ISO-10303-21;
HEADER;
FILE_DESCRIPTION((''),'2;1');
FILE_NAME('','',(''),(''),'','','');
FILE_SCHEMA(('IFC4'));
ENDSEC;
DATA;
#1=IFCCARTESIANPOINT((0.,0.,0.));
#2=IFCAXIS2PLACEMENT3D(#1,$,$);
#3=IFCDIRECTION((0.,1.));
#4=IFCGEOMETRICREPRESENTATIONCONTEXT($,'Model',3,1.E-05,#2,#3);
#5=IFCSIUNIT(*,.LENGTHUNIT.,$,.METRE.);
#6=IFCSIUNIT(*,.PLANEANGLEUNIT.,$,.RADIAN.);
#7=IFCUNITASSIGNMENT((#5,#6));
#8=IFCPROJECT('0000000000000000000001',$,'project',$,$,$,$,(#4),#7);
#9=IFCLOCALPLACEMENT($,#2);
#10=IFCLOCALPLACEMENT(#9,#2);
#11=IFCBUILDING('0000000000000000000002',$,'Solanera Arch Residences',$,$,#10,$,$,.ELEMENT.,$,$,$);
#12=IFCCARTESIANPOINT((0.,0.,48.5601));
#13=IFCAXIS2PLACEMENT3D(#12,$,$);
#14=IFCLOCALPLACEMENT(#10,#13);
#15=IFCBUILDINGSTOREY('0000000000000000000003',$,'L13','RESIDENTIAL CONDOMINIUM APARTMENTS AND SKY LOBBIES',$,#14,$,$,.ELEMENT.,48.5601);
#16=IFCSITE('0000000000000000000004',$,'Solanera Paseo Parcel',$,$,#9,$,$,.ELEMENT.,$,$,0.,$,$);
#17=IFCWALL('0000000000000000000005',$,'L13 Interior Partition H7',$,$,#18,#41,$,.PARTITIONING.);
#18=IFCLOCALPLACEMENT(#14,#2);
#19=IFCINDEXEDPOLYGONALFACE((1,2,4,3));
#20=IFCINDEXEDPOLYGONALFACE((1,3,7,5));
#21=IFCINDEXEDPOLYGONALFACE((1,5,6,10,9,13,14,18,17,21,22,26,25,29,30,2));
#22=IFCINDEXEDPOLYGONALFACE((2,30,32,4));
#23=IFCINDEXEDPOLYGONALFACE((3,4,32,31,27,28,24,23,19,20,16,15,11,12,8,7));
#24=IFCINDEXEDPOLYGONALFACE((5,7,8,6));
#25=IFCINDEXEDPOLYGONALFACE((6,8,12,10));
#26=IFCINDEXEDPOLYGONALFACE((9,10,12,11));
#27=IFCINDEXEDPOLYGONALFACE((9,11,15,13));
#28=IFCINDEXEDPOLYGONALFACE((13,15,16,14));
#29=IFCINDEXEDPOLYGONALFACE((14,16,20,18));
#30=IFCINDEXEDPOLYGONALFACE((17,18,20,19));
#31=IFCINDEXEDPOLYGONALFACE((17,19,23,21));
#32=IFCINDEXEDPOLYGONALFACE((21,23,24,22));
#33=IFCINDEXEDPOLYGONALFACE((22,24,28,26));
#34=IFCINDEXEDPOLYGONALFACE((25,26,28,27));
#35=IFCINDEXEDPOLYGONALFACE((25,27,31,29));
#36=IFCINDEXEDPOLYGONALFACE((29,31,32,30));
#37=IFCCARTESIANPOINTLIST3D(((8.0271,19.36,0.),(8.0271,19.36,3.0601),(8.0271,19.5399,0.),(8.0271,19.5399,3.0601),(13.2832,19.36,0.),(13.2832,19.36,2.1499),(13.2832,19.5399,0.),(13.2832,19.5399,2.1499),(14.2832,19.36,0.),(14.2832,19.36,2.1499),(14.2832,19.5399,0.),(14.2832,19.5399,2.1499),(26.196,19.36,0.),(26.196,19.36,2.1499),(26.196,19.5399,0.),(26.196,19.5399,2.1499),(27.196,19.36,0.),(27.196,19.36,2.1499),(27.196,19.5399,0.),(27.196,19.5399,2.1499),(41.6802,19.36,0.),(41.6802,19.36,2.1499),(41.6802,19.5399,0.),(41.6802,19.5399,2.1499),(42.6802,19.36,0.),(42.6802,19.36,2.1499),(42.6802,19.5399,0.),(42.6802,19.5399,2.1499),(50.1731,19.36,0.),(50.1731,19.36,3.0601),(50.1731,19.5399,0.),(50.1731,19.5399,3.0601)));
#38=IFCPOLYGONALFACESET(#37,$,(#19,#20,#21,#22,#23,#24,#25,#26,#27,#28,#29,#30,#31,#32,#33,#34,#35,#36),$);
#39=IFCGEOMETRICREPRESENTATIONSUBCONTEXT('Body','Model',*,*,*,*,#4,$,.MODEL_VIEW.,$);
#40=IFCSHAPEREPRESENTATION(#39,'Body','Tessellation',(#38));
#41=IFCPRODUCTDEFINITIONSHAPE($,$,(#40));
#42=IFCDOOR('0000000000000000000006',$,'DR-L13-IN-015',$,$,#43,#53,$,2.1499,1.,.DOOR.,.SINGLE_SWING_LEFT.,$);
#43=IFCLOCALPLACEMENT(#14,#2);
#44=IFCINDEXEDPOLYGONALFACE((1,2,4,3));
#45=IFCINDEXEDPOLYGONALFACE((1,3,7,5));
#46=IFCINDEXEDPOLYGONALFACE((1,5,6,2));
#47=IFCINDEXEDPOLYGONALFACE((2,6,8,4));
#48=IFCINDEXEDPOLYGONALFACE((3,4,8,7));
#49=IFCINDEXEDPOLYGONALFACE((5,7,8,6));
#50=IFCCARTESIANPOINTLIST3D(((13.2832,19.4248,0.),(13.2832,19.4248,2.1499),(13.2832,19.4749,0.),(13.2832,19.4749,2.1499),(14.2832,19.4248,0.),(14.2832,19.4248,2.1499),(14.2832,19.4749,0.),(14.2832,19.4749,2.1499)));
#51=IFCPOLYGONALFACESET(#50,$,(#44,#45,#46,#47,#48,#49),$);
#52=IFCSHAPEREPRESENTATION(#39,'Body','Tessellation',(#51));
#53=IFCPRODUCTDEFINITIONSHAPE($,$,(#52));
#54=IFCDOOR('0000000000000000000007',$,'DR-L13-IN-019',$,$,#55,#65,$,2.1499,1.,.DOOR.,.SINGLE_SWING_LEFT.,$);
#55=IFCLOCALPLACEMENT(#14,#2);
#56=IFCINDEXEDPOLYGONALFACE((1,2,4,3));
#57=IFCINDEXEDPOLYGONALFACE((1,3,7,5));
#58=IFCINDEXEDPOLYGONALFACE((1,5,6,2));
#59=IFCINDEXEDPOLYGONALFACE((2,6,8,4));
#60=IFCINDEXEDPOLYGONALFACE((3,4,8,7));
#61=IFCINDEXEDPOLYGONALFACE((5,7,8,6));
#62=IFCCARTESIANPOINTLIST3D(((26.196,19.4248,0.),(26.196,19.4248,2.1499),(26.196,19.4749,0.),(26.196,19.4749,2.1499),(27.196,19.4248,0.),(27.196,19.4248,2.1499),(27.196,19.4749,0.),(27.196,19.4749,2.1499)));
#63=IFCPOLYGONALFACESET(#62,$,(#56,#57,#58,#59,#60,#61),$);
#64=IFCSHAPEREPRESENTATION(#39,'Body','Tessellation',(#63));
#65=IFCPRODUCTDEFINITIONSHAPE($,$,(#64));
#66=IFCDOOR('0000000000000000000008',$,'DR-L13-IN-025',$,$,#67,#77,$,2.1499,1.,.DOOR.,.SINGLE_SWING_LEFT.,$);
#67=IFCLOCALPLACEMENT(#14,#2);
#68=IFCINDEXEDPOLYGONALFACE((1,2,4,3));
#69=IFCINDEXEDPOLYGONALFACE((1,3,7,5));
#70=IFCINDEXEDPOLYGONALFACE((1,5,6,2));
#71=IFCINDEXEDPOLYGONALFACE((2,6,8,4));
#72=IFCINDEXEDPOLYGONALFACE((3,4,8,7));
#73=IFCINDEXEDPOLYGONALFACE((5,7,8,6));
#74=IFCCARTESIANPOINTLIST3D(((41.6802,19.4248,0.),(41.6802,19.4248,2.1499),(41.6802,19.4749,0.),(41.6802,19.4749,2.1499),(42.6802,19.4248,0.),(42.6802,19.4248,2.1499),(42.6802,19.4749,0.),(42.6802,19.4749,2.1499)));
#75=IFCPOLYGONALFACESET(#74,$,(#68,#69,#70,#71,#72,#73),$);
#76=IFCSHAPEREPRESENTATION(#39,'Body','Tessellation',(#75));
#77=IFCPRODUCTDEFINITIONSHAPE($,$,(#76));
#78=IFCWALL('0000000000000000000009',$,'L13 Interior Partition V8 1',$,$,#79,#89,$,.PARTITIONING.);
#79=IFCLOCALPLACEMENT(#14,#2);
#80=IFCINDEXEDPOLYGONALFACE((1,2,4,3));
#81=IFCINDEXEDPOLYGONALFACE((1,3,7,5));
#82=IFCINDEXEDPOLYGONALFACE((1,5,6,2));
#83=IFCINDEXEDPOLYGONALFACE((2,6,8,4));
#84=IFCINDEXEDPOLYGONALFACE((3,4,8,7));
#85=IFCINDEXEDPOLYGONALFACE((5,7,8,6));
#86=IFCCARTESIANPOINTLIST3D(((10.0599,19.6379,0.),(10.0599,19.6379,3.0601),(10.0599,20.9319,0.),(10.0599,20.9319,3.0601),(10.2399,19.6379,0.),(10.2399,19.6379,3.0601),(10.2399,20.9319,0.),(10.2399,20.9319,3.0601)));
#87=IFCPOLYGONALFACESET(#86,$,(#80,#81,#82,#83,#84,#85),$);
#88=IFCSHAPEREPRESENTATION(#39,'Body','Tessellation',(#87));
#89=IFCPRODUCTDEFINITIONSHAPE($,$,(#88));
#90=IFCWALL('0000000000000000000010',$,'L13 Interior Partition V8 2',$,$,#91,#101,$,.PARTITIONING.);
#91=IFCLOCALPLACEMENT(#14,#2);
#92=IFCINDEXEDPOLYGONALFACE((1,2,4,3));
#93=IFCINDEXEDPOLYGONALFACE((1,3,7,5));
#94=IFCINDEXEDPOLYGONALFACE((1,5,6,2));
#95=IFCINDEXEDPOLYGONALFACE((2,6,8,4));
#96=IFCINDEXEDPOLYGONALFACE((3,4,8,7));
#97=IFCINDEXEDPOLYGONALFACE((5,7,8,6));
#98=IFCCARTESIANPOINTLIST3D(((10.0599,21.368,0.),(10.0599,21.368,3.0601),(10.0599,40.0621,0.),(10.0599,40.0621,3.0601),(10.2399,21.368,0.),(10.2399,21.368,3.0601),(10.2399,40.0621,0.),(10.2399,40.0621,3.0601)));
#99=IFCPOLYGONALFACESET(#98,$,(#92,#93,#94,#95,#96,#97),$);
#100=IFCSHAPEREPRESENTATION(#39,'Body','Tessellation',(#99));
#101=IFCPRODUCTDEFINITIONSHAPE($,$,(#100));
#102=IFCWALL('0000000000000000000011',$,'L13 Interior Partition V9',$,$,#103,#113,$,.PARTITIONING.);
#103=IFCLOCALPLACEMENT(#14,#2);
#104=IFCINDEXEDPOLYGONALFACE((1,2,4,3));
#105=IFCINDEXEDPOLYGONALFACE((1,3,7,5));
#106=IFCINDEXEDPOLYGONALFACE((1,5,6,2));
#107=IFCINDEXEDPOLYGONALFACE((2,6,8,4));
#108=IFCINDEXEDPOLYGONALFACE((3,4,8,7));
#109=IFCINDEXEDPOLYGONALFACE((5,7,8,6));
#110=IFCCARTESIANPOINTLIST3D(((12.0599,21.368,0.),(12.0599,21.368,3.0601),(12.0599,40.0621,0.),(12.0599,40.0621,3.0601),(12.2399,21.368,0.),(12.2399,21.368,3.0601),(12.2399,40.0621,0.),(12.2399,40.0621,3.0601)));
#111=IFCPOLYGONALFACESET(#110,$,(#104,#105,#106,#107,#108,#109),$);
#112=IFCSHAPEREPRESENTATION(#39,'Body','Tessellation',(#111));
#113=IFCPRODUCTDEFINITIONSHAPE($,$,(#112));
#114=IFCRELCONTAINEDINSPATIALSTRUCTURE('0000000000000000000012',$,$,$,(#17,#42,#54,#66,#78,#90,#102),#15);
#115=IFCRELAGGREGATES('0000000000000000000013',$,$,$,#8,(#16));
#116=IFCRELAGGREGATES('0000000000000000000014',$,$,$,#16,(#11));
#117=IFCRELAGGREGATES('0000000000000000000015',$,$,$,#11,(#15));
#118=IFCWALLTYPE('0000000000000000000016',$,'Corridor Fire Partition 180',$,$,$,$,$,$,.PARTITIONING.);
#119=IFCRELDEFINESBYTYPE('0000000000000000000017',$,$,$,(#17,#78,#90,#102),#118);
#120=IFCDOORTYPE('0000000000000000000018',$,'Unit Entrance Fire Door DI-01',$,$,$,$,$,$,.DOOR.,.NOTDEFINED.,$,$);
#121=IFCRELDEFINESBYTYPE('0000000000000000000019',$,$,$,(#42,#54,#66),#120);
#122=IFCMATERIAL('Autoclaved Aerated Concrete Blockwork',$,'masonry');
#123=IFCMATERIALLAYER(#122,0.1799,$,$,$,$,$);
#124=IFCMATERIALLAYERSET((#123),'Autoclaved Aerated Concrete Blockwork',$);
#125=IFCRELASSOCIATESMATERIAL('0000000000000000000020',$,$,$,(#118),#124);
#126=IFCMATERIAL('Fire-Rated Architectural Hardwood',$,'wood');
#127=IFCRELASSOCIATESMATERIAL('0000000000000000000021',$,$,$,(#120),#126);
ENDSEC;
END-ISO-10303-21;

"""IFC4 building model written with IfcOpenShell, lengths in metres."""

from ifc_helpers import new_model, si_unit, direction, frame, frame_2d, origin, place, context, subcontext, project, spatial, rectangle, extrude, material, layer, layer_set, type_object, element, fill, save


model = new_model("IFC4")

# Units and contexts
model_context = context("Model", 3, precision=1e-05, world=origin(), true_north=direction((0.0, 1.0)))
body_context = subcontext(model_context, "Body", "Model", "MODEL_VIEW")
ifc_project = project(units=[si_unit("LENGTHUNIT", "METRE"), si_unit("PLANEANGLEUNIT", "RADIAN")], contexts=[model_context])

# Site, building, storey
site_placement = place(None, origin())
site = spatial("IfcSite", under=ifc_project, at=site_placement, Name="Solanera Paseo Parcel", CompositionType="ELEMENT", RefElevation=0.0)
building_placement = place(site_placement, origin())
building = spatial("IfcBuilding", under=site, at=building_placement, Name="Solanera Arch Residences", CompositionType="ELEMENT")
storey_placement = place(building_placement, frame((0.0, 0.0, 48.5601)))
storey = spatial("IfcBuildingStorey", under=building, at=storey_placement, Name="L13", Description="RESIDENTIAL CONDOMINIUM APARTMENTS AND SKY LOBBIES", CompositionType="ELEMENT", Elevation=48.5601)

# Wall, openings, doors
ifc_material_1 = material(Name="Autoclaved Aerated Concrete Blockwork", Category="masonry")
ifc_layer_1 = layer(ifc_material_1, 0.1799)
ifc_layer_set_1 = layer_set([ifc_layer_1], Name="Autoclaved Aerated Concrete Blockwork")
wall_type_1 = type_object("IfcWallType", Name="Corridor Fire Partition 180", PredefinedType="PARTITIONING", material=ifc_layer_set_1)
wall_1_placement = place(storey_placement, frame((8.0271, 19.45, 0.0), z_axis=(0.0, 0.0, 1.0), x_axis=(1.0, 0.0, 0.0)))
wall_1 = element("IfcWall", 1, at=wall_1_placement, inside=storey, type_object=wall_type_1, Name="L13 Interior Partition H7", PredefinedType="PARTITIONING", context=body_context, shape_type="SweptSolid", body=[
    extrude(rectangle(XDim=42.146, YDim=0.1799, at=frame_2d((21.073, 0.0))), origin(), (0.0, 0.0, 1.0), 3.0601),
])
opening_1_placement = place(wall_1_placement, frame((5.2561, 0.0, 0.0)))
opening_1 = element("IfcOpeningElement", 2, at=opening_1_placement, cuts=wall_1, PredefinedType="OPENING", context=body_context, shape_type="SweptSolid", body=[
    extrude(rectangle(XDim=1.0, YDim=2.1499, at=frame_2d((0.5, 1.075))), frame((0.0, 0.1001, 0.0), z_axis=(0.0, -1.0, 0.0), x_axis=(1.0, 0.0, 0.0)), (0.0, 0.0, 1.0), 0.1999),
])
opening_2_placement = place(wall_1_placement, frame((18.1689, 0.0, 0.0)))
opening_2 = element("IfcOpeningElement", 3, at=opening_2_placement, cuts=wall_1, PredefinedType="OPENING", context=body_context, shape_type="SweptSolid", body=[
    extrude(rectangle(XDim=1.0, YDim=2.1499, at=frame_2d((0.5, 1.075))), frame((0.0, 0.1001, 0.0), z_axis=(0.0, -1.0, 0.0), x_axis=(1.0, 0.0, 0.0)), (0.0, 0.0, 1.0), 0.1999),
])
opening_3_placement = place(wall_1_placement, frame((33.6531, 0.0, 0.0)))
opening_3 = element("IfcOpeningElement", 4, at=opening_3_placement, cuts=wall_1, PredefinedType="OPENING", context=body_context, shape_type="SweptSolid", body=[
    extrude(rectangle(XDim=1.0, YDim=2.1499, at=frame_2d((0.5, 1.075))), frame((0.0, 0.1001, 0.0), z_axis=(0.0, -1.0, 0.0), x_axis=(1.0, 0.0, 0.0)), (0.0, 0.0, 1.0), 0.1999),
])
ifc_material_2 = material(Name="Fire-Rated Architectural Hardwood", Category="wood")
door_type_1 = type_object("IfcDoorType", Name="Unit Entrance Fire Door DI-01", OperationType="NOTDEFINED", PredefinedType="DOOR", material=ifc_material_2)
door_1_placement = place(opening_1_placement, origin())
door_1 = element("IfcDoor", 5, at=door_1_placement, inside=storey, type_object=door_type_1, Name="DR-L13-IN-015", OperationType="SINGLE_SWING_LEFT", OverallHeight=2.1499, OverallWidth=1.0, PredefinedType="DOOR", context=body_context, shape_type="SweptSolid", body=[
    extrude(rectangle(XDim=1.0, YDim=2.1499, at=frame_2d((0.5, 1.075))), frame((0.0, 0.0249, 0.0), z_axis=(0.0, -1.0, 0.0), x_axis=(1.0, 0.0, 0.0)), (0.0, 0.0, 1.0), 0.05),
])
fill(opening_1, door_1)
door_2_placement = place(opening_2_placement, origin())
door_2 = element("IfcDoor", 6, at=door_2_placement, inside=storey, type_object=door_type_1, Name="DR-L13-IN-019", OperationType="SINGLE_SWING_LEFT", OverallHeight=2.1499, OverallWidth=1.0, PredefinedType="DOOR", context=body_context, shape_type="SweptSolid", body=[
    extrude(rectangle(XDim=1.0, YDim=2.1499, at=frame_2d((0.5, 1.075))), frame((0.0, 0.0249, 0.0), z_axis=(0.0, -1.0, 0.0), x_axis=(1.0, 0.0, 0.0)), (0.0, 0.0, 1.0), 0.05),
])
fill(opening_2, door_2)
door_3_placement = place(opening_3_placement, origin())
door_3 = element("IfcDoor", 7, at=door_3_placement, inside=storey, type_object=door_type_1, Name="DR-L13-IN-025", OperationType="SINGLE_SWING_LEFT", OverallHeight=2.1499, OverallWidth=1.0, PredefinedType="DOOR", context=body_context, shape_type="SweptSolid", body=[
    extrude(rectangle(XDim=1.0, YDim=2.1499, at=frame_2d((0.5, 1.075))), frame((0.0, 0.0249, 0.0), z_axis=(0.0, -1.0, 0.0), x_axis=(1.0, 0.0, 0.0)), (0.0, 0.0, 1.0), 0.05),
])
fill(opening_3, door_3)

# Walls
wall_2_placement = place(storey_placement, frame((10.1499, 19.6379, 0.0), z_axis=(0.0, 0.0, 1.0), x_axis=(0.0, 1.0, 0.0)))
element("IfcWall", 8, at=wall_2_placement, inside=storey, type_object=wall_type_1, Name="L13 Interior Partition V8 1", PredefinedType="PARTITIONING", context=body_context, shape_type="SweptSolid", body=[
    extrude(rectangle(XDim=1.2939, YDim=0.1799, at=frame_2d((0.647, 0.0))), origin(), (0.0, 0.0, 1.0), 3.0601),
])
for number, where, z_axis, x_axis, name in (
    (9, (10.1499, 21.3679, 0.0), (0.0, 0.0, 1.0), (0.0, 1.0, 0.0), "L13 Interior Partition V8 2"),
    (10, (12.1499, 21.3679, 0.0), (0.0, 0.0, 1.0), (0.0, 1.0, 0.0), "L13 Interior Partition V9"),
):
    element("IfcWall", number, at=place(storey_placement, frame(where, z_axis=z_axis, x_axis=x_axis)), inside=storey, type_object=wall_type_1, Name=name, PredefinedType="PARTITIONING", context=body_context, shape_type="SweptSolid", body=[
        extrude(rectangle(XDim=18.6941, YDim=0.1799, at=frame_2d((9.3472, 0.0))), origin(), (0.0, 0.0, 1.0), 3.0601),
    ])

save(model, "model.ifc")
